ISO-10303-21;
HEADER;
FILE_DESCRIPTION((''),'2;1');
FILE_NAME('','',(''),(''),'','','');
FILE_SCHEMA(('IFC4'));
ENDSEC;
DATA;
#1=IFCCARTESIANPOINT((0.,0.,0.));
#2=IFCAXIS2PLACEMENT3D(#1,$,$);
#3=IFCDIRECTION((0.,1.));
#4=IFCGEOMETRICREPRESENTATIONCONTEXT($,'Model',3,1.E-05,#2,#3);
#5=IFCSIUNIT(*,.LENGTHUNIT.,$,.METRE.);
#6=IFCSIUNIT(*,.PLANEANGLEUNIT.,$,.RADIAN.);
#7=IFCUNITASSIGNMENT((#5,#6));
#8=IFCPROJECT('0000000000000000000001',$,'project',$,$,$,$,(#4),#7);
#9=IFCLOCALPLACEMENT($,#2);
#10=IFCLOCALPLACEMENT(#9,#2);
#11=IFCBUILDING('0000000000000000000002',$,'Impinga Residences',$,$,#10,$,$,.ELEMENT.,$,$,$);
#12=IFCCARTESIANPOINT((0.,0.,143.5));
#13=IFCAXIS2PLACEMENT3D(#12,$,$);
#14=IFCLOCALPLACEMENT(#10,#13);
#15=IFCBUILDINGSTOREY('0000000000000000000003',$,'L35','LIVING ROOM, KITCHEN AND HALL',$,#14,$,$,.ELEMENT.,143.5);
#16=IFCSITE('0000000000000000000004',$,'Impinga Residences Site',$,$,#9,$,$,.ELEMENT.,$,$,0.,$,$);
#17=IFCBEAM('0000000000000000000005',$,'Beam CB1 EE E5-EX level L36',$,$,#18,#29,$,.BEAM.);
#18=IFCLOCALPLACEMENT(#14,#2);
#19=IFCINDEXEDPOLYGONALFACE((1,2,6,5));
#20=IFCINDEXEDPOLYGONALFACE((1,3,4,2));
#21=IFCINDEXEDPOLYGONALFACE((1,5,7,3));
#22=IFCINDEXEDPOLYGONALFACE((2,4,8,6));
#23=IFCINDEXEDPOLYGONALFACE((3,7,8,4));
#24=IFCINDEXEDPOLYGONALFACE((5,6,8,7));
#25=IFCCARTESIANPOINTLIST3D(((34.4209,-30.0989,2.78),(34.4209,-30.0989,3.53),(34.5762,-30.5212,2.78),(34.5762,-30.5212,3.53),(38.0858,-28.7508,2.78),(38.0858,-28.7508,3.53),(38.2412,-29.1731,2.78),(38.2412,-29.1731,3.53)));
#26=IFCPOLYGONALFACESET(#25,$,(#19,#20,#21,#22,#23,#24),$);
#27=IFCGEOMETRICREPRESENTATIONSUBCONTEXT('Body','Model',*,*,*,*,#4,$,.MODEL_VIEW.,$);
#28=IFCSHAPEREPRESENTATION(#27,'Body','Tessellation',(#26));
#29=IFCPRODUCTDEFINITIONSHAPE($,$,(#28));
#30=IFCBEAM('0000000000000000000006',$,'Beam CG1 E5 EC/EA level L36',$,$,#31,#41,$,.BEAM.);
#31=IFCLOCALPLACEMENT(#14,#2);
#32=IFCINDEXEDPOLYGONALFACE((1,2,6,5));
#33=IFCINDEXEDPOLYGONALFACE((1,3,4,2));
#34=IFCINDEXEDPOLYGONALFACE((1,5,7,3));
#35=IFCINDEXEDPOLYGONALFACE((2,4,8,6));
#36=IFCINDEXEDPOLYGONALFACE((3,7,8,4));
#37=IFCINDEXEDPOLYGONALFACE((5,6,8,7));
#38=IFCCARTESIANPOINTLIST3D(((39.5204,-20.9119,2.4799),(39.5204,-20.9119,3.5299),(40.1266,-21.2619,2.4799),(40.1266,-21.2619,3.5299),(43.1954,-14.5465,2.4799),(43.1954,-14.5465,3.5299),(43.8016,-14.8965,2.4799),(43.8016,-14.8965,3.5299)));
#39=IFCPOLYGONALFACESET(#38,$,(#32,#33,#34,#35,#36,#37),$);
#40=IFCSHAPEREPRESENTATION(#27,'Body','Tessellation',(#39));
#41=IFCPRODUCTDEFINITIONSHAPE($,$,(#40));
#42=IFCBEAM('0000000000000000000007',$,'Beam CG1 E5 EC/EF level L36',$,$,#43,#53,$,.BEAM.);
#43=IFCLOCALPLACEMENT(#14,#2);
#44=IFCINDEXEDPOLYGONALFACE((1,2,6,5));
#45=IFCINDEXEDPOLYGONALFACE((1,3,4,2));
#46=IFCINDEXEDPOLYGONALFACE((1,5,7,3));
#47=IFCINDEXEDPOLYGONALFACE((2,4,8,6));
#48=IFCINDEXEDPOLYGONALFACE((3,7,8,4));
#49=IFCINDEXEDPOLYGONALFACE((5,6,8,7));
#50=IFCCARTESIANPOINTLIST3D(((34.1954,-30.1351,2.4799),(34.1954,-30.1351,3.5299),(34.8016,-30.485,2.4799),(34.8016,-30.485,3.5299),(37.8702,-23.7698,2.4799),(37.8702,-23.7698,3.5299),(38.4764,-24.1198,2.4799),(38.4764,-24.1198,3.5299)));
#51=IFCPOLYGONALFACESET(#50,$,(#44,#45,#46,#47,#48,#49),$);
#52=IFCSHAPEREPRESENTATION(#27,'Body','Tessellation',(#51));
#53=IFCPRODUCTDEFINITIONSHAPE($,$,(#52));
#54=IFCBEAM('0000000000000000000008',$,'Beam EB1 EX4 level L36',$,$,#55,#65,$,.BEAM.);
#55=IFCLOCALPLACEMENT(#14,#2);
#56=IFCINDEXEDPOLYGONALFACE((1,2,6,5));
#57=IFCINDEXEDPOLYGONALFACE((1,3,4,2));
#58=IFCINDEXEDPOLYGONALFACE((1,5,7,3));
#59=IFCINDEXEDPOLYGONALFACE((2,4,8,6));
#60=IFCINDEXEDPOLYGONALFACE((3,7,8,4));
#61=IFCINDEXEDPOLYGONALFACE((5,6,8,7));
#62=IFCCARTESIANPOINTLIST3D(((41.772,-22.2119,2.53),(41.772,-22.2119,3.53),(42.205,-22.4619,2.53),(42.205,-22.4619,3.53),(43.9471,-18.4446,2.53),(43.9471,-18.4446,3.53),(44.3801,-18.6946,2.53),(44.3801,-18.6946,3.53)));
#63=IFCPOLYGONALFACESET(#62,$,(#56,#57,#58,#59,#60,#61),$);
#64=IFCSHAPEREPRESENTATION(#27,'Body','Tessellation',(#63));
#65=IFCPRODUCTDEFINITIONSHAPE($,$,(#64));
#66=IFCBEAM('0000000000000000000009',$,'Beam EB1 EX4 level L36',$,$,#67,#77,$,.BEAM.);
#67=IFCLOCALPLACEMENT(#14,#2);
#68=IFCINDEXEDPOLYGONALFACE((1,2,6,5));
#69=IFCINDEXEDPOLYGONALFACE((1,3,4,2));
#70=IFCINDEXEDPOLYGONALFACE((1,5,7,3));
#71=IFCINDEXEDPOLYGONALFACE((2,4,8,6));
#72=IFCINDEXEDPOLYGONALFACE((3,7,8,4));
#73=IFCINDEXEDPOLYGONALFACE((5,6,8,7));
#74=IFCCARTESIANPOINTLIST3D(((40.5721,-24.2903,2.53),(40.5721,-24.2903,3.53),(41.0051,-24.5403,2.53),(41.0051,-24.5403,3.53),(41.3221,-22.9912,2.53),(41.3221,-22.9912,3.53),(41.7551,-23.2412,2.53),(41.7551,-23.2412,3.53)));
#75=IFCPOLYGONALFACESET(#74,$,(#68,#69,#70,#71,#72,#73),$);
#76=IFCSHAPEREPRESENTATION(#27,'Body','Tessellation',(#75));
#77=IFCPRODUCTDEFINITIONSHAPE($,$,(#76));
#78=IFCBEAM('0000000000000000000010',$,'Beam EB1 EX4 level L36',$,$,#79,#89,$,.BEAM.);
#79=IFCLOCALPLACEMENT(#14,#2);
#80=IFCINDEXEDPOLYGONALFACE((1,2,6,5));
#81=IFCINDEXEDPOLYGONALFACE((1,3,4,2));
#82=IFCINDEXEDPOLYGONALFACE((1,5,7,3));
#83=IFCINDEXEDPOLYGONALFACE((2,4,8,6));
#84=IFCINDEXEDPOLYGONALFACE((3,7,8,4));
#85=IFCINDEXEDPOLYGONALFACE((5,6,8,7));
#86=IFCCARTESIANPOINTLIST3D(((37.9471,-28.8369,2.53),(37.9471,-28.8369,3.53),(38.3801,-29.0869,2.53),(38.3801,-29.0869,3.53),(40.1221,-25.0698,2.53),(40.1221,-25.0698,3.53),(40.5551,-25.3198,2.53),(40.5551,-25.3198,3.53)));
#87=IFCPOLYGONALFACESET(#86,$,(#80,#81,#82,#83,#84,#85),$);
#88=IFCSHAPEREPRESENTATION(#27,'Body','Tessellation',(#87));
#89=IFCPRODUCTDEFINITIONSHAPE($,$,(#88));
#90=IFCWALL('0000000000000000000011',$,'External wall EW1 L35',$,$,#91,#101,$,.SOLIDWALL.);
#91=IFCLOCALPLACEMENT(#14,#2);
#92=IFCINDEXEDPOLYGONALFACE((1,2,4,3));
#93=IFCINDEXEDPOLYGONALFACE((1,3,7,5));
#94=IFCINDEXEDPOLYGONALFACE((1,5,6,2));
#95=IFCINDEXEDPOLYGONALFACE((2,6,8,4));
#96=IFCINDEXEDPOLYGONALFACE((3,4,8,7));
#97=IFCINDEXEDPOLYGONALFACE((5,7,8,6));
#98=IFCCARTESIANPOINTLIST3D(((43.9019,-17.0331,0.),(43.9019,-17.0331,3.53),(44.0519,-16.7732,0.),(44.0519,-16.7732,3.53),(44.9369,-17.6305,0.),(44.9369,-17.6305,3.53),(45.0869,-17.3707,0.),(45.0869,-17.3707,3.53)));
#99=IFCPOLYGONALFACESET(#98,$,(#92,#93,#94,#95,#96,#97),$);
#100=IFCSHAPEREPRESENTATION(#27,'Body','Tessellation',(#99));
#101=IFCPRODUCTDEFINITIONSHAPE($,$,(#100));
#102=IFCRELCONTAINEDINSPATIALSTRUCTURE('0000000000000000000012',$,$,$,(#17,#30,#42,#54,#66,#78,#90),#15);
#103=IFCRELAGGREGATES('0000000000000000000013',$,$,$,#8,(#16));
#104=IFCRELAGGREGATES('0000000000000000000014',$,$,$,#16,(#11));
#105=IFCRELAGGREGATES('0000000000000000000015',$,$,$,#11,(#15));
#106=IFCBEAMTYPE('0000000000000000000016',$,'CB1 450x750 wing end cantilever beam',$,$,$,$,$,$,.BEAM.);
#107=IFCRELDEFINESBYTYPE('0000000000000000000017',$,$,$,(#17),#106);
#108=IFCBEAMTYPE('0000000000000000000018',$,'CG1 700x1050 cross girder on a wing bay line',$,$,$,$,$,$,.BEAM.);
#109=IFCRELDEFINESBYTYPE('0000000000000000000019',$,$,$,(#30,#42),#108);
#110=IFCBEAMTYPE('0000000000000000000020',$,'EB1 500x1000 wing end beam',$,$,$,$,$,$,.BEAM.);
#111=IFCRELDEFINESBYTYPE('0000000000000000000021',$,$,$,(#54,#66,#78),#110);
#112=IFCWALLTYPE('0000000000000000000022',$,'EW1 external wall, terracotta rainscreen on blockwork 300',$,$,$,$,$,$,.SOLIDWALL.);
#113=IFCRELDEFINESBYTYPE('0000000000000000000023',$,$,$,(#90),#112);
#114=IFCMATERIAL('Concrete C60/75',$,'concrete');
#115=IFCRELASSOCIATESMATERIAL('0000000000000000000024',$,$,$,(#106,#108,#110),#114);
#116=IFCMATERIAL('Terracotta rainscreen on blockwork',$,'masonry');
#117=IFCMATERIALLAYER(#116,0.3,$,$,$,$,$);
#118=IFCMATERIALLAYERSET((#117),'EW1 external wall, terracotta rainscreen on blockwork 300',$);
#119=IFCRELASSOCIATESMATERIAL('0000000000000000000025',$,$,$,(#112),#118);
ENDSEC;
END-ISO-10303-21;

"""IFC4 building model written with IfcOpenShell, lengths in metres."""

from ifc_helpers import new_model, si_unit, direction, frame, frame_2d, origin, origin_2d, place, context, subcontext, project, spatial, rectangle, extrude, material, layer, layer_set, material_profile, profile_set, type_object, element, save


model = new_model("IFC4")

# Units and contexts
model_context = context("Model", 3, precision=1e-05, world=origin(), true_north=direction((0.0, 1.0)))
body_context = subcontext(model_context, "Body", "Model", "MODEL_VIEW")
ifc_project = project(units=[si_unit("LENGTHUNIT", "METRE"), si_unit("PLANEANGLEUNIT", "RADIAN")], contexts=[model_context])

# Site, building, storey
site_placement = place(None, origin())
site = spatial("IfcSite", under=ifc_project, at=site_placement, Name="Impinga Residences Site", CompositionType="ELEMENT", RefElevation=0.0)
building_placement = place(site_placement, origin())
building = spatial("IfcBuilding", under=site, at=building_placement, Name="Impinga Residences", CompositionType="ELEMENT")
storey_placement = place(building_placement, frame((0.0, 0.0, 143.5)))
storey = spatial("IfcBuildingStorey", under=building, at=storey_placement, Name="L35", Description="LIVING ROOM, KITCHEN AND HALL", CompositionType="ELEMENT", Elevation=143.5)

# Beams
ifc_material_1 = material(Name="Concrete C60/75", Category="concrete")
ifc_material_profile_1 = material_profile(ifc_material_1, rectangle(XDim=0.45, YDim=0.75, at=origin_2d()), Name="RC 450x750")
ifc_profile_set_1 = profile_set([ifc_material_profile_1], Name="Concrete C60/75")
beam_type_1 = type_object("IfcBeamType", Name="CB1 450x750 wing end cantilever beam", PredefinedType="BEAM", material=ifc_profile_set_1)
beam_1_placement = place(storey_placement, frame((34.4985, -30.3101, 3.155), z_axis=(0.93852, 0.345224, 0.0), x_axis=(-0.345224, 0.93852, 0.0)))
element("IfcBeam", 1, at=beam_1_placement, inside=storey, type_object=beam_type_1, Name="Beam CB1 EE E5-EX level L36", PredefinedType="BEAM", context=body_context, shape_type="SweptSolid", body=[
    extrude(rectangle(XDim=0.45, YDim=0.75, at=origin_2d()), origin(), (0.0, 0.0, 1.0), 3.905),
])
ifc_material_profile_2 = material_profile(ifc_material_1, rectangle(XDim=0.7, YDim=1.05, at=origin_2d()), Name="RC 700x1050")
ifc_profile_set_2 = profile_set([ifc_material_profile_2], Name="Concrete C60/75")
beam_type_2 = type_object("IfcBeamType", Name="CG1 700x1050 cross girder on a wing bay line", PredefinedType="BEAM", material=ifc_profile_set_2)
beam_2_placement = place(storey_placement, frame((39.8235, -21.0869, 3.0049), z_axis=(0.499994, 0.866029, 0.0), x_axis=(-0.866029, 0.499994, 0.0)))
element("IfcBeam", 2, at=beam_2_placement, inside=storey, type_object=beam_type_2, Name="Beam CG1 E5 EC/EA level L36", PredefinedType="BEAM", context=body_context, shape_type="SweptSolid", body=[
    extrude(rectangle(XDim=0.7, YDim=1.05, at=origin_2d()), origin(), (0.0, 0.0, 1.0), 7.3501),
])
beam_3_placement = place(storey_placement, frame((38.1733, -23.9448, 3.0049), z_axis=(-0.499983, -0.866035, 0.0), x_axis=(0.866035, -0.499983, 0.0)))
element("IfcBeam", 3, at=beam_3_placement, inside=storey, type_object=beam_type_2, Name="Beam CG1 E5 EC/EF level L36", PredefinedType="BEAM", context=body_context, shape_type="SweptSolid", body=[
    extrude(rectangle(XDim=0.7, YDim=1.05, at=origin_2d()), origin(), (0.0, 0.0, 1.0), 7.3499),
])
ifc_material_profile_3 = material_profile(ifc_material_1, rectangle(XDim=0.5, YDim=1.0, at=origin_2d()), Name="RC 500x1000")
ifc_profile_set_3 = profile_set([ifc_material_profile_3], Name="Concrete C60/75")
beam_type_3 = type_object("IfcBeamType", Name="EB1 500x1000 wing end beam", PredefinedType="BEAM", material=ifc_profile_set_3)
beam_4_placement = place(storey_placement, frame((44.1636, -18.5696, 3.03), z_axis=(-0.499996, -0.866028, 0.0), x_axis=(0.866028, -0.499996, 0.0)))
element("IfcBeam", 4, at=beam_4_placement, inside=storey, type_object=beam_type_3, Name="Beam EB1 EX4 level L36", PredefinedType="BEAM", context=body_context, shape_type="SweptSolid", body=[
    extrude(rectangle(XDim=0.5, YDim=1.0, at=origin_2d()), origin(), (0.0, 0.0, 1.0), 4.3501),
])
beam_5_placement = place(storey_placement, frame((41.5386, -23.1162, 3.03), z_axis=(-0.49999, -0.866031, 0.0), x_axis=(0.866031, -0.49999, 0.0)))
element("IfcBeam", 5, at=beam_5_placement, inside=storey, type_object=beam_type_3, Name="Beam EB1 EX4 level L36", PredefinedType="BEAM", context=body_context, shape_type="SweptSolid", body=[
    extrude(rectangle(XDim=0.5, YDim=1.0, at=origin_2d()), origin(), (0.0, 0.0, 1.0), 1.5),
])
beam_6_placement = place(storey_placement, frame((40.3386, -25.1948, 3.03), z_axis=(-0.50002, -0.866014, 0.0), x_axis=(0.866014, -0.50002, 0.0)))
element("IfcBeam", 6, at=beam_6_placement, inside=storey, type_object=beam_type_3, Name="Beam EB1 EX4 level L36", PredefinedType="BEAM", context=body_context, shape_type="SweptSolid", body=[
    extrude(rectangle(XDim=0.5, YDim=1.0, at=origin_2d()), origin(), (0.0, 0.0, 1.0), 4.3499),
])

# Wall
ifc_material_2 = material(Name="Terracotta rainscreen on blockwork", Category="masonry")
ifc_layer_1 = layer(ifc_material_2, 0.3)
ifc_layer_set_1 = layer_set([ifc_layer_1], Name="EW1 external wall, terracotta rainscreen on blockwork 300")
wall_type = type_object("IfcWallType", Name="EW1 external wall, terracotta rainscreen on blockwork 300", PredefinedType="SOLIDWALL", material=ifc_layer_set_1)
wall_1_placement = place(storey_placement, frame((43.9768, -16.9031, 0.0), z_axis=(0.0, 0.0, 1.0), x_axis=(0.86606, -0.499941, 0.0)))
element("IfcWall", 7, at=wall_1_placement, inside=storey, type_object=wall_type, Name="External wall EW1 L35", PredefinedType="SOLIDWALL", context=body_context, shape_type="SweptSolid", body=[
    extrude(rectangle(XDim=1.1951, YDim=0.3, at=frame_2d((0.5977, 0.0))), origin(), (0.0, 0.0, 1.0), 3.53),
])

save(model, "model.ifc")
